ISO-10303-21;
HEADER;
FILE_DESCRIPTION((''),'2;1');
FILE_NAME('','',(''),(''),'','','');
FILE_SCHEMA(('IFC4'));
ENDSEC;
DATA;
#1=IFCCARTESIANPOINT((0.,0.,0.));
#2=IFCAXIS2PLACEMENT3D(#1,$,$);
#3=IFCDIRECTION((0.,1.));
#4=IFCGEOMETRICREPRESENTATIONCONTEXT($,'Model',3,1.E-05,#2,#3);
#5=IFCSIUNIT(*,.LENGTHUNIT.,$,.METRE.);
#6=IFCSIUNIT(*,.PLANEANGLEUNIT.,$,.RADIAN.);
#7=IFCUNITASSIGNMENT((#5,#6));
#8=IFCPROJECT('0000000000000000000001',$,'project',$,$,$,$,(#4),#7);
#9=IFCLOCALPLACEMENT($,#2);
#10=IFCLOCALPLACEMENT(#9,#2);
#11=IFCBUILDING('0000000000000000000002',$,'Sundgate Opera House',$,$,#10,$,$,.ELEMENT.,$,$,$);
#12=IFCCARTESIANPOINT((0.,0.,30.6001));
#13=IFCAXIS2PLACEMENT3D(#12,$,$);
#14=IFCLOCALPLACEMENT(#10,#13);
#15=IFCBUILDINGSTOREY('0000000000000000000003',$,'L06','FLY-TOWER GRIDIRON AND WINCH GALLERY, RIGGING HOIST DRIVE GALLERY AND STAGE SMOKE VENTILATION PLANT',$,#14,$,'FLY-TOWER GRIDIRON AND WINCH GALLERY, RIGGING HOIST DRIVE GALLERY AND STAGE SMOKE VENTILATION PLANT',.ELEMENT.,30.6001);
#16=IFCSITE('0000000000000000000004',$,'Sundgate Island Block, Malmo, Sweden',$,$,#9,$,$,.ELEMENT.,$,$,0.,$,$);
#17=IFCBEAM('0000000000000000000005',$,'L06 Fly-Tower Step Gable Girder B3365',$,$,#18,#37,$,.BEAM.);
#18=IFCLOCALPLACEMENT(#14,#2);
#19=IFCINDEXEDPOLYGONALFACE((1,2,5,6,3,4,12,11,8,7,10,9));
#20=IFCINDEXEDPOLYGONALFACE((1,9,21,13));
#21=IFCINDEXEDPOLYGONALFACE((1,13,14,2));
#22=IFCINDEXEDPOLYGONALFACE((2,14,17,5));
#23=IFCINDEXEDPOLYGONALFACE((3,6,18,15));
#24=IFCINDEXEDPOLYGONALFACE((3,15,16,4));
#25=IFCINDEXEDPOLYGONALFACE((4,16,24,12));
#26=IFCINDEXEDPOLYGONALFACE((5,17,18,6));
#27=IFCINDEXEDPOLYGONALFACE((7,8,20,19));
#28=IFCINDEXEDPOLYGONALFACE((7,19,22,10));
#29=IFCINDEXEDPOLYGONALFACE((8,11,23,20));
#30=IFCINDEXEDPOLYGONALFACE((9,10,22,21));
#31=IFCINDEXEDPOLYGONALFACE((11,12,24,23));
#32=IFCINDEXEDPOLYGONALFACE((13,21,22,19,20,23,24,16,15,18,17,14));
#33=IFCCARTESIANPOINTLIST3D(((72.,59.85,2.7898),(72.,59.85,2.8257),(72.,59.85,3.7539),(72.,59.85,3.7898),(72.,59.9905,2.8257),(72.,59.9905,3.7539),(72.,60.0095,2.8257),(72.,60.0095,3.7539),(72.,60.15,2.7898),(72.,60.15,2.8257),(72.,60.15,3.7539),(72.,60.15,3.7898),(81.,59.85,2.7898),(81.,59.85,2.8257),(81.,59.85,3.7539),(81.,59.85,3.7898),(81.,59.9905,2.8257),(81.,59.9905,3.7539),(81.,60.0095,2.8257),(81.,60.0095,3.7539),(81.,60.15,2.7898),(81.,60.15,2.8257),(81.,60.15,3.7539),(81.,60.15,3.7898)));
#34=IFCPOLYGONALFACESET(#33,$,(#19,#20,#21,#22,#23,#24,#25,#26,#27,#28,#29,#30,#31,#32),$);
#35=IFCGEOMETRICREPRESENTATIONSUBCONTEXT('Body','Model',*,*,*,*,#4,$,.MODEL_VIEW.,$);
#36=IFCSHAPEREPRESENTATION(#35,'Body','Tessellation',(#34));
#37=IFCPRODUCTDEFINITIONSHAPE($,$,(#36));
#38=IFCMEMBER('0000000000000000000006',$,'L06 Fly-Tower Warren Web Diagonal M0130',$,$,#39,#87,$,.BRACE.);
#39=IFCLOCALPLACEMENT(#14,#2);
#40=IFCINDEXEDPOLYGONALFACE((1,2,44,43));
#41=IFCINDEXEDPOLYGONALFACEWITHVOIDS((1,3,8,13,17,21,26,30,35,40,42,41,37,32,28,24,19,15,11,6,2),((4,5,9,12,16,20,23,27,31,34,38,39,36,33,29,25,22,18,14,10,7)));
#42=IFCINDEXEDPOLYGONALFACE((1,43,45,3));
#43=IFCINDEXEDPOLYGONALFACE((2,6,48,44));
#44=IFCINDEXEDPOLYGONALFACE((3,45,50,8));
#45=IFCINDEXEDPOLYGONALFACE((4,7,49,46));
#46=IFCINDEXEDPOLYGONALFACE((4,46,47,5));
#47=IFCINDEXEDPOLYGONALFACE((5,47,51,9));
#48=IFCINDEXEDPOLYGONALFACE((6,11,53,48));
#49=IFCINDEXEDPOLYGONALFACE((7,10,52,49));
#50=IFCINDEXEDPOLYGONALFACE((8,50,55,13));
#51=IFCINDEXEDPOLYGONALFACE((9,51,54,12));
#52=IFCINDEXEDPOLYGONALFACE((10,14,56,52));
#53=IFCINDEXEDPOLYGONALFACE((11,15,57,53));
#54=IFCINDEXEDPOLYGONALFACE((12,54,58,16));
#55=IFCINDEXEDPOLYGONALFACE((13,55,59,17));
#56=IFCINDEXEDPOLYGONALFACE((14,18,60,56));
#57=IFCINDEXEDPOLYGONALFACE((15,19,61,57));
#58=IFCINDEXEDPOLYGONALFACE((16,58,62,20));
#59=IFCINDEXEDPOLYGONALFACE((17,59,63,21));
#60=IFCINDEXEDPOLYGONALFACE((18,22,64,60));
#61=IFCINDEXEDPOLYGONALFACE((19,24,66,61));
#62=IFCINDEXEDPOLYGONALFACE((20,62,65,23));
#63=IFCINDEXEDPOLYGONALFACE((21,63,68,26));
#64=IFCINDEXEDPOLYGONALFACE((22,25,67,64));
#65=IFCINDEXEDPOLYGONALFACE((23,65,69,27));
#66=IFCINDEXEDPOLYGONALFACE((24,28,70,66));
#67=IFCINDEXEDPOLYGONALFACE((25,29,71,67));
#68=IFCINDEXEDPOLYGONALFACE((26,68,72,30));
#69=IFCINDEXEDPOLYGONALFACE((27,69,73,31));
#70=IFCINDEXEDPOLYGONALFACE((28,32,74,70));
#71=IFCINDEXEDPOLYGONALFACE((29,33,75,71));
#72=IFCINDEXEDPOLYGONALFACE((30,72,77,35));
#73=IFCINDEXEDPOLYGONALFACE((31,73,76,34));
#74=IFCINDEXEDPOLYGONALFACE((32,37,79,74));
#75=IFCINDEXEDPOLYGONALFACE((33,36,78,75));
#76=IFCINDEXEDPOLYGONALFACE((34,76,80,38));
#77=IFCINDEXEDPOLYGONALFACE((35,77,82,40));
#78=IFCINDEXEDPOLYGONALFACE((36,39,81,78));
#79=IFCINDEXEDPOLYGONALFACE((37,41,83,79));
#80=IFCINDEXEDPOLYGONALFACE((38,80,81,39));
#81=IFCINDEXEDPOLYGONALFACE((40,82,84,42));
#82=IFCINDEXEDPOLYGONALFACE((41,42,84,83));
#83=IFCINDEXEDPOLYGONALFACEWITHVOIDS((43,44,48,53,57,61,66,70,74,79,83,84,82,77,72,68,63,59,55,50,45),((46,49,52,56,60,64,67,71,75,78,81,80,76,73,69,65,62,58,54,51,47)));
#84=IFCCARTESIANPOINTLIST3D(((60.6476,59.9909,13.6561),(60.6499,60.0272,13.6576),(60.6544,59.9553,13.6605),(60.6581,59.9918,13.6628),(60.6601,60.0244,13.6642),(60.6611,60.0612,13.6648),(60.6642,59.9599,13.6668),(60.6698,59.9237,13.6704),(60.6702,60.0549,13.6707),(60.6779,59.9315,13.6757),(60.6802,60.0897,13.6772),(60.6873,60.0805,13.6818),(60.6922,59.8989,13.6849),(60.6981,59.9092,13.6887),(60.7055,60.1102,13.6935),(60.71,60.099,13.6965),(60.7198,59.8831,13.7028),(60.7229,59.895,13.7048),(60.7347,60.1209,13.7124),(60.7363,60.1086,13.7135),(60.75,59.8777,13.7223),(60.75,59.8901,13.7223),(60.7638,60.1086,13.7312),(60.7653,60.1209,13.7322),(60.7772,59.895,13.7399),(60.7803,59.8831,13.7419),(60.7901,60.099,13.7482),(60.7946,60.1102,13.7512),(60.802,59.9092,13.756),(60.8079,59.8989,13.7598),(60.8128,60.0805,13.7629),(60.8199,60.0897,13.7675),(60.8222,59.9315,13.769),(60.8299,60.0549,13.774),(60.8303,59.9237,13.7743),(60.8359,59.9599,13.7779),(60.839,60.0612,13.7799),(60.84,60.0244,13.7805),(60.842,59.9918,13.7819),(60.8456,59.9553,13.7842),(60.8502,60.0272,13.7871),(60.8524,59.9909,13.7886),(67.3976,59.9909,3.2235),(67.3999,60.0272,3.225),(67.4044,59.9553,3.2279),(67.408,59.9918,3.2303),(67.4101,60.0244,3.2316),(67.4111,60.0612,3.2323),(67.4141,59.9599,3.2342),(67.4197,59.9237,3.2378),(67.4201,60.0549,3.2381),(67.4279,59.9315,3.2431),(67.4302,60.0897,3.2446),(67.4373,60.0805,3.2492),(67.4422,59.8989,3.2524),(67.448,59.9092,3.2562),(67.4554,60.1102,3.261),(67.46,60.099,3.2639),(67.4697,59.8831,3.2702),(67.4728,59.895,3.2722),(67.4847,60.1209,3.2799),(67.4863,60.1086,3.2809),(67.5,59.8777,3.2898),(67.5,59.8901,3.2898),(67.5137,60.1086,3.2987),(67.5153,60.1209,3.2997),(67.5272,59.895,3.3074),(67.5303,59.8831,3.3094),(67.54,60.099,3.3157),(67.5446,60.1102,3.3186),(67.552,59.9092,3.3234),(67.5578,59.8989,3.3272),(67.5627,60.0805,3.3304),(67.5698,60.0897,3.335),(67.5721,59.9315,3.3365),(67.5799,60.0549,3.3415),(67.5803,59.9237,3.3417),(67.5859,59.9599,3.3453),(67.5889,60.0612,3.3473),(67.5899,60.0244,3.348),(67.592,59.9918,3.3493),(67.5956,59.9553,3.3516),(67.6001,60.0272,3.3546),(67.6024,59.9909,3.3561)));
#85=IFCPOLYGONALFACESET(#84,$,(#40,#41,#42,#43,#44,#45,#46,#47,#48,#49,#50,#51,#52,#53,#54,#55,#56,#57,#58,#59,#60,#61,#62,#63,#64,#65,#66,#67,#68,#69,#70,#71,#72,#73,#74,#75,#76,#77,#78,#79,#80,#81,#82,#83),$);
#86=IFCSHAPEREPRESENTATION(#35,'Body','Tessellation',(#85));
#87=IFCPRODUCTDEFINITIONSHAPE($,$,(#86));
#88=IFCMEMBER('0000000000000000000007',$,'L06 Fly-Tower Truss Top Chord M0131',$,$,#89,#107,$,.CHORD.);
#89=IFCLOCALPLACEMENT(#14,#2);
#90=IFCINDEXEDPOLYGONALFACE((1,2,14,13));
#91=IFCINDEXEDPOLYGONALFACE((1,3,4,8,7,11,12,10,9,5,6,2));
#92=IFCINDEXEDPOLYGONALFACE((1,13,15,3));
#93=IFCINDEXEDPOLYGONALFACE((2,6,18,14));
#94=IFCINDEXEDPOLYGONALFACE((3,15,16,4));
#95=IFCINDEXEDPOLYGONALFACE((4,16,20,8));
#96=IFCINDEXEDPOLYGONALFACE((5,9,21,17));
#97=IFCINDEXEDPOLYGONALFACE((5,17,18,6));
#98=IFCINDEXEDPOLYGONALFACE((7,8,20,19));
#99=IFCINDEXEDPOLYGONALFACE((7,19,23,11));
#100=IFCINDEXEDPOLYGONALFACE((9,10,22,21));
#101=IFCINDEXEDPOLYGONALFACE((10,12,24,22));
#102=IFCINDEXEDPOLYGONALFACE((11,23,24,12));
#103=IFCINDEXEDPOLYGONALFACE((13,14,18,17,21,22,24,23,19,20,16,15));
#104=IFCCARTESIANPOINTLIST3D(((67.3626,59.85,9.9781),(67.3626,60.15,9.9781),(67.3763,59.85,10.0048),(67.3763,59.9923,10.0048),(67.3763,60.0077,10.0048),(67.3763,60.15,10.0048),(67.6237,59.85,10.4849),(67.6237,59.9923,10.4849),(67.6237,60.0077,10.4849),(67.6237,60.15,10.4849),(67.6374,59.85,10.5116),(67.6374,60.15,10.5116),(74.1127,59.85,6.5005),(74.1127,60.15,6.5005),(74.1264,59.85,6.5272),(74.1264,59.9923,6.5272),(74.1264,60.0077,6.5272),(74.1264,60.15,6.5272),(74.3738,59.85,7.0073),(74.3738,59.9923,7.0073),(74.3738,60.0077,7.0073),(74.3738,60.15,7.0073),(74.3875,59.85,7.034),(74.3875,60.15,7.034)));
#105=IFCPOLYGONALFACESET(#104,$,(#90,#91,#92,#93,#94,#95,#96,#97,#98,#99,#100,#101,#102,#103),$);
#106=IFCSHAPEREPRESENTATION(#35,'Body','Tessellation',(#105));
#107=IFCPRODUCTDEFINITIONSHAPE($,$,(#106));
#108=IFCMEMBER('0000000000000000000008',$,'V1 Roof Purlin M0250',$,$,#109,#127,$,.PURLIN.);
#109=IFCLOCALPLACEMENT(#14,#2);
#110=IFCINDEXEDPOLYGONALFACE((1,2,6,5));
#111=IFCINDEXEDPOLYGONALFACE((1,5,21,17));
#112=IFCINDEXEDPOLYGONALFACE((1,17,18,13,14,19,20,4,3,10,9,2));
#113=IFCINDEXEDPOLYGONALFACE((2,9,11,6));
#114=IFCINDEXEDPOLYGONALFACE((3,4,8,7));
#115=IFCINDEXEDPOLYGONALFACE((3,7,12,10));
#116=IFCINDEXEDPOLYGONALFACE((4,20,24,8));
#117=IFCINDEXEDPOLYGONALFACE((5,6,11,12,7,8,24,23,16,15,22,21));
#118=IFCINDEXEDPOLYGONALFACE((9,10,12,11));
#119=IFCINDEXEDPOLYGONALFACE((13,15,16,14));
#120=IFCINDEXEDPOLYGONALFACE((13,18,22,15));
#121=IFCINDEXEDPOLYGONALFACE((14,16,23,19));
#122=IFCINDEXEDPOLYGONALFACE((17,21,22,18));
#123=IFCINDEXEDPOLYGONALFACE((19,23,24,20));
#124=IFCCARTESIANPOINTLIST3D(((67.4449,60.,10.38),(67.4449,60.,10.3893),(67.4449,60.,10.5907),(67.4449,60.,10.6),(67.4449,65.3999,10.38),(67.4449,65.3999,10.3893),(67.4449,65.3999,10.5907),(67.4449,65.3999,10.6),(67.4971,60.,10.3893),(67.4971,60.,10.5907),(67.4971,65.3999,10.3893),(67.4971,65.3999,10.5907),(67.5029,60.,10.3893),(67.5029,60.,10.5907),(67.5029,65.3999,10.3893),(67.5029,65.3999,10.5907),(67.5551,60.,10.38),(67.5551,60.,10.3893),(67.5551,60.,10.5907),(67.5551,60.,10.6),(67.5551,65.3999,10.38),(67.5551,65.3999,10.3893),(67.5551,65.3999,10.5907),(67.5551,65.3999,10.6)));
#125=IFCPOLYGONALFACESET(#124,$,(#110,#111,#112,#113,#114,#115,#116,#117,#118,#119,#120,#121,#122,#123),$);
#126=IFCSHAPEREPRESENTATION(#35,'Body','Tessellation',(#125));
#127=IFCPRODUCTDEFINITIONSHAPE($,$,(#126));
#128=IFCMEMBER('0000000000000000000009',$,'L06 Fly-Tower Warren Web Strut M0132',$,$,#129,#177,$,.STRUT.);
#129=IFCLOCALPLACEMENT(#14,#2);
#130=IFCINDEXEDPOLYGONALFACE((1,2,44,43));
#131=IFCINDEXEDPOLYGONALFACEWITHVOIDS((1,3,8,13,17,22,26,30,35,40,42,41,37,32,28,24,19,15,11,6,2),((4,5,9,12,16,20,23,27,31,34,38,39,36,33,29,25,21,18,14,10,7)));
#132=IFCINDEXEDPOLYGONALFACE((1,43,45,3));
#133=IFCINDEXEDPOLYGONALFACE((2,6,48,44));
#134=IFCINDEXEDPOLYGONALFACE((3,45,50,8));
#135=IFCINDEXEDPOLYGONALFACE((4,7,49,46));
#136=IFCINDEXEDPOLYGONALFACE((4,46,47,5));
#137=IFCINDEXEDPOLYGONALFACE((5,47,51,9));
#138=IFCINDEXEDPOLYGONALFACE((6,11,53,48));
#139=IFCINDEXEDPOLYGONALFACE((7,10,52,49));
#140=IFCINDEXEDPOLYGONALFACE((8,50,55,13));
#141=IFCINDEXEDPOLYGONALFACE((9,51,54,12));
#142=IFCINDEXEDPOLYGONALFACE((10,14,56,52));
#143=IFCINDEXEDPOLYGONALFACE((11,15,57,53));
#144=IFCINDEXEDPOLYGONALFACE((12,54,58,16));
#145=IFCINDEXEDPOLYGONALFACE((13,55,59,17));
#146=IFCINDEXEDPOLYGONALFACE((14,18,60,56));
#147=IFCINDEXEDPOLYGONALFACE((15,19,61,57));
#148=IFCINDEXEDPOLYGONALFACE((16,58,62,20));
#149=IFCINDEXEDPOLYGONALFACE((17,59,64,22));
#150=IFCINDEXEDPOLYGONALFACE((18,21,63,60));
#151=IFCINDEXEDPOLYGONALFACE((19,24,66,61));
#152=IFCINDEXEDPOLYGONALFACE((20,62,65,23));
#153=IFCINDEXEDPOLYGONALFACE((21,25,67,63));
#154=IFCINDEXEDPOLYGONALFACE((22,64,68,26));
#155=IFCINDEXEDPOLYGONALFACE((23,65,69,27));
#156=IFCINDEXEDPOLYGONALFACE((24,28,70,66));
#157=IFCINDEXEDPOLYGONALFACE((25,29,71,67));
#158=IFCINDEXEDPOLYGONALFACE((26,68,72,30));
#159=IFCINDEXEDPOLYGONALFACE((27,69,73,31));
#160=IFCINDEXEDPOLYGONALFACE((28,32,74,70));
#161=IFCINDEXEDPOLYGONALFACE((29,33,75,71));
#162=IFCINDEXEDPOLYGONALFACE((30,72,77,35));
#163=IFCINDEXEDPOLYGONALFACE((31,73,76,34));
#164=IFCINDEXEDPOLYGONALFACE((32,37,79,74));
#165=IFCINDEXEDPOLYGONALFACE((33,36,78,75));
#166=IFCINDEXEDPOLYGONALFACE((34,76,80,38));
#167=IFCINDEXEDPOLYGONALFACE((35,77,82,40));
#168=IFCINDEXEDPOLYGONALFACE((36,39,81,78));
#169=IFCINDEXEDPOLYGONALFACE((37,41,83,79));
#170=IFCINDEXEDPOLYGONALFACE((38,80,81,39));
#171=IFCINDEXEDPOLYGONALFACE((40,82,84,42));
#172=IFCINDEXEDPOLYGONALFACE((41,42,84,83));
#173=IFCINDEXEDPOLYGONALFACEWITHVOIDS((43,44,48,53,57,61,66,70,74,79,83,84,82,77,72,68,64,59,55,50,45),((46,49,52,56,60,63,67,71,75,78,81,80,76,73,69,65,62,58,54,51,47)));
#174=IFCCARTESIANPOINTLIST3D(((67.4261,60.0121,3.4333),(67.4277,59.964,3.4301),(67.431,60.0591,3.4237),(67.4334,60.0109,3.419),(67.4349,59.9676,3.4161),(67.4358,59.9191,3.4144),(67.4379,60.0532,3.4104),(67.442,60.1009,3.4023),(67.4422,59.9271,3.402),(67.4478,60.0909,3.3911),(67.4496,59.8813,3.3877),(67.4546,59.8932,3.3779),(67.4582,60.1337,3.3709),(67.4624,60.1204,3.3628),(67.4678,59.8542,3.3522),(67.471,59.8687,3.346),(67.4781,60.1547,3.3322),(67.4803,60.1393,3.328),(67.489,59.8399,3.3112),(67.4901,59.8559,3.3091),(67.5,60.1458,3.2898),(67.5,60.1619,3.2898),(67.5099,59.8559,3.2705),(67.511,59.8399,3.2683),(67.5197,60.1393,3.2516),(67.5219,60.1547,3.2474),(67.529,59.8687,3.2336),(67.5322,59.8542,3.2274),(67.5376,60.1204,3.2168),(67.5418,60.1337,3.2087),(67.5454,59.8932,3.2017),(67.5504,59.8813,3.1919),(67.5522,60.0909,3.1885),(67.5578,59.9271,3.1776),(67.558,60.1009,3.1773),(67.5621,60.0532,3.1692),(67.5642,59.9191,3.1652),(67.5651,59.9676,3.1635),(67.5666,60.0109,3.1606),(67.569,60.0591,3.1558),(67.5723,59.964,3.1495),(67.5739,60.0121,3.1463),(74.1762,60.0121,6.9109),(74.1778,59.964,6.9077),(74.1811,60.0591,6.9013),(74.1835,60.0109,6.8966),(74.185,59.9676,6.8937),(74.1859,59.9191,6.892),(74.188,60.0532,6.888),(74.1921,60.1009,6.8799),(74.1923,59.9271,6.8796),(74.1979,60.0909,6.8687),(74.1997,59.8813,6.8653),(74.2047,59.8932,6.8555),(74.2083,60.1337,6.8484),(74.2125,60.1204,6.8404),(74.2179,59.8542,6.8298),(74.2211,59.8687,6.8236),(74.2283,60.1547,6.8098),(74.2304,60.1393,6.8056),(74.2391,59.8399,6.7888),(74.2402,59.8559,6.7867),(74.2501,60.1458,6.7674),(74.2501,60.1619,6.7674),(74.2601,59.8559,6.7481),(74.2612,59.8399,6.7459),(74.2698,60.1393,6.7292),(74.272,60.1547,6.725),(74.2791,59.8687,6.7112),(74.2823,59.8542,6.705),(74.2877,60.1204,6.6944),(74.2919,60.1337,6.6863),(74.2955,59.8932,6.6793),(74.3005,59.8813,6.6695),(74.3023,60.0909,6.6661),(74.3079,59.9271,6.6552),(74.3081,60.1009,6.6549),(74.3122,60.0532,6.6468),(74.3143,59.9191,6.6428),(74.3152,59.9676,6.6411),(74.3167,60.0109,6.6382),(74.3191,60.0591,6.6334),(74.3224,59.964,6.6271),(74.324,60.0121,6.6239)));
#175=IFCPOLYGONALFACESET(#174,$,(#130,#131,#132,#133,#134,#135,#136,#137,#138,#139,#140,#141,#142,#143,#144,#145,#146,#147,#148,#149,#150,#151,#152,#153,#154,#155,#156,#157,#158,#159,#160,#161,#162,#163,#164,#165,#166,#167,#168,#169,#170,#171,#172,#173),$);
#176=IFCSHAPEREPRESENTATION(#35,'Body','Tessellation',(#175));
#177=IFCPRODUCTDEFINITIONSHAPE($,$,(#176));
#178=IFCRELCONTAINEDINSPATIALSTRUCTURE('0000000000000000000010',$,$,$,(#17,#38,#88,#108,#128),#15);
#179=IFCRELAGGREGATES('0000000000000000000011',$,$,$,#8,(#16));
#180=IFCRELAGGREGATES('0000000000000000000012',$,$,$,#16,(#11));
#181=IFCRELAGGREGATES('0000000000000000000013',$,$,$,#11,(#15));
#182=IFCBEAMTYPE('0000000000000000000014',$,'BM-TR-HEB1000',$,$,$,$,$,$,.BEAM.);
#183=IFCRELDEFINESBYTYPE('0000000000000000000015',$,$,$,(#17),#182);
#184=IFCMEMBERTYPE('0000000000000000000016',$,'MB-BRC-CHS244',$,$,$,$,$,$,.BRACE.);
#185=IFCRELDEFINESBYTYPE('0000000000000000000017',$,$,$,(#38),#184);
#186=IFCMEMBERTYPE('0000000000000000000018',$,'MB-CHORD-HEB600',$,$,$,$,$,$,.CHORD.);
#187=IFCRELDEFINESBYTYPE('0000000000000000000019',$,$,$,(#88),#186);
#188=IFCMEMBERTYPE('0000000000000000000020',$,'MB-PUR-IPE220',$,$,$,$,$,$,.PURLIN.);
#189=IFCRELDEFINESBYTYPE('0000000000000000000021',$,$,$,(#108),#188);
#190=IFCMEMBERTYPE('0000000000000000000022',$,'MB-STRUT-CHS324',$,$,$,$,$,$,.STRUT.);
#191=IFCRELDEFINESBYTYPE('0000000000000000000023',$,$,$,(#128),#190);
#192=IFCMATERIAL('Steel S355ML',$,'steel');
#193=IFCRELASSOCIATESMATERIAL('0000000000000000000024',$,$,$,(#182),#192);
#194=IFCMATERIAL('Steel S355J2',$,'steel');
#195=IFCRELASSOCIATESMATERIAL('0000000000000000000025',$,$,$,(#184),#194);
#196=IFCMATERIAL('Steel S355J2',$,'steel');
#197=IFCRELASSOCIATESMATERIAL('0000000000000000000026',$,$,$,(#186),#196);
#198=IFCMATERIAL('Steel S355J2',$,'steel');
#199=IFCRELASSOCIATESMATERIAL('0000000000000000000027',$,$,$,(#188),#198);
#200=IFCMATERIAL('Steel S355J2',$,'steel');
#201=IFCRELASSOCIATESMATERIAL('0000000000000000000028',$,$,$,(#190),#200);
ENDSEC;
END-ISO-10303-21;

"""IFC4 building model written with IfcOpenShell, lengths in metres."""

from ifc_helpers import new_model, si_unit, direction, frame, origin, origin_2d, place, context, subcontext, project, spatial, hollow_circle, i_section, extrude, material, material_profile, profile_set, type_object, element, save


model = new_model("IFC4")

# Units and contexts
model_context = context("Model", 3, precision=1e-05, world=origin(), true_north=direction((0.0, 1.0)))
body_context = subcontext(model_context, "Body", "Model", "MODEL_VIEW")
ifc_project = project(units=[si_unit("LENGTHUNIT", "METRE"), si_unit("PLANEANGLEUNIT", "RADIAN")], contexts=[model_context])

# Site, building, storey
site_placement = place(None, origin())
site = spatial("IfcSite", under=ifc_project, at=site_placement, Name="Sundgate Island Block, Malmo, Sweden", CompositionType="ELEMENT", RefElevation=0.0)
building_placement = place(site_placement, origin())
building = spatial("IfcBuilding", under=site, at=building_placement, Name="Sundgate Opera House", CompositionType="ELEMENT")
storey_placement = place(building_placement, frame((0.0, 0.0, 30.6001)))
storey = spatial("IfcBuildingStorey", under=building, at=storey_placement, Name="L06", Description="FLY-TOWER GRIDIRON AND WINCH GALLERY, RIGGING HOIST DRIVE GALLERY AND STAGE SMOKE VENTILATION PLANT", LongName="FLY-TOWER GRIDIRON AND WINCH GALLERY, RIGGING HOIST DRIVE GALLERY AND STAGE SMOKE VENTILATION PLANT", CompositionType="ELEMENT", Elevation=30.6001)

# Beam
ifc_material_1 = material(Name="Steel S355ML", Category="steel")
ifc_material_profile_1 = material_profile(ifc_material_1, i_section(OverallWidth=0.3, OverallDepth=1.0, WebThickness=0.019, FlangeThickness=0.0359, at=origin_2d()), Name="HEB 1000")
ifc_profile_set_1 = profile_set([ifc_material_profile_1], Name="Steel S355ML")
beam_type_1 = type_object("IfcBeamType", Name="BM-TR-HEB1000", PredefinedType="BEAM", material=ifc_profile_set_1)
beam_1_placement = place(storey_placement, frame((72.0, 60.0, 3.2898), z_axis=(1.0, 0.0, 0.0), x_axis=(0.0, 1.0, 0.0)))
element("IfcBeam", 1, at=beam_1_placement, inside=storey, type_object=beam_type_1, Name="L06 Fly-Tower Step Gable Girder B3365", PredefinedType="BEAM", context=body_context, shape_type="SweptSolid", body=[
    extrude(i_section(OverallWidth=0.3, OverallDepth=1.0, WebThickness=0.019, FlangeThickness=0.0359, at=origin_2d()), origin(), (0.0, 0.0, 1.0), 9.0),
])

# Members
ifc_material_2 = material(Name="Steel S355J2", Category="steel")
ifc_material_profile_2 = material_profile(ifc_material_2, hollow_circle(Radius=0.1223, WallThickness=0.0125, at=origin_2d()), Name="CHS 244.5x12.5")
ifc_profile_set_2 = profile_set([ifc_material_profile_2], Name="Steel S355J2")
member_type_1 = type_object("IfcMemberType", Name="MB-BRC-CHS244", PredefinedType="BRACE", material=ifc_profile_set_2)
member_1_placement = place(storey_placement, frame((67.5, 60.0, 3.2898), z_axis=(-0.543222, 0.0, 0.839589), x_axis=(0.0, -1.0, 0.0)))
element("IfcMember", 2, at=member_1_placement, inside=storey, type_object=member_type_1, Name="L06 Fly-Tower Warren Web Diagonal M0130", PredefinedType="BRACE", context=body_context, shape_type="SweptSolid", body=[
    extrude(hollow_circle(Radius=0.1223, WallThickness=0.0125, at=origin_2d()), origin(), (0.0, 0.0, 1.0), 12.4258),
])
ifc_material_3 = material(Name="Steel S355J2", Category="steel")
ifc_material_profile_3 = material_profile(ifc_material_3, i_section(OverallWidth=0.3, OverallDepth=0.6001, WebThickness=0.0154, FlangeThickness=0.03, at=origin_2d()), Name="HEB 600")
ifc_profile_set_3 = profile_set([ifc_material_profile_3], Name="Steel S355J2")
member_type_2 = type_object("IfcMemberType", Name="MB-CHORD-HEB600", PredefinedType="CHORD", material=ifc_profile_set_3)
member_2_placement = place(storey_placement, frame((67.5, 60.0, 10.2449), z_axis=(0.88896, 0.0, -0.457984), x_axis=(0.0, 1.0, 0.0)))
element("IfcMember", 3, at=member_2_placement, inside=storey, type_object=member_type_2, Name="L06 Fly-Tower Truss Top Chord M0131", PredefinedType="CHORD", context=body_context, shape_type="SweptSolid", body=[
    extrude(i_section(OverallWidth=0.3, OverallDepth=0.6001, WebThickness=0.0154, FlangeThickness=0.03, at=origin_2d()), origin(), (0.0, 0.0, 1.0), 7.5933),
])
ifc_material_4 = material(Name="Steel S355J2", Category="steel")
ifc_material_profile_4 = material_profile(ifc_material_4, i_section(OverallWidth=0.1101, OverallDepth=0.22, WebThickness=0.0059, FlangeThickness=0.0093, at=origin_2d()), Name="IPE 220")
ifc_profile_set_4 = profile_set([ifc_material_profile_4], Name="Steel S355J2")
member_type_3 = type_object("IfcMemberType", Name="MB-PUR-IPE220", PredefinedType="PURLIN", material=ifc_profile_set_4)
member_3_placement = place(storey_placement, frame((67.5, 60.0, 10.49), z_axis=(0.0, 1.0, 0.0), x_axis=(-1.0, 0.0, 0.0)))
element("IfcMember", 4, at=member_3_placement, inside=storey, type_object=member_type_3, Name="V1 Roof Purlin M0250", PredefinedType="PURLIN", context=body_context, shape_type="SweptSolid", body=[
    extrude(i_section(OverallWidth=0.1101, OverallDepth=0.22, WebThickness=0.0059, FlangeThickness=0.0093, at=origin_2d()), origin(), (0.0, 0.0, 1.0), 5.3999),
])
ifc_material_5 = material(Name="Steel S355J2", Category="steel")
ifc_material_profile_5 = material_profile(ifc_material_5, hollow_circle(Radius=0.1619, WallThickness=0.0161, at=origin_2d()), Name="CHS 323.9x16.0")
ifc_profile_set_5 = profile_set([ifc_material_profile_5], Name="Steel S355J2")
member_type_4 = type_object("IfcMemberType", Name="MB-STRUT-CHS324", PredefinedType="STRUT", material=ifc_profile_set_5)
member_4_placement = place(storey_placement, frame((67.5, 60.0, 3.2898), z_axis=(0.88896, 0.0, 0.457984), x_axis=(0.0, 1.0, 0.0)))
element("IfcMember", 5, at=member_4_placement, inside=storey, type_object=member_type_4, Name="L06 Fly-Tower Warren Web Strut M0132", PredefinedType="STRUT", context=body_context, shape_type="SweptSolid", body=[
    extrude(hollow_circle(Radius=0.1619, WallThickness=0.0161, at=origin_2d()), origin(), (0.0, 0.0, 1.0), 7.5933),
])

save(model, "model.ifc")
